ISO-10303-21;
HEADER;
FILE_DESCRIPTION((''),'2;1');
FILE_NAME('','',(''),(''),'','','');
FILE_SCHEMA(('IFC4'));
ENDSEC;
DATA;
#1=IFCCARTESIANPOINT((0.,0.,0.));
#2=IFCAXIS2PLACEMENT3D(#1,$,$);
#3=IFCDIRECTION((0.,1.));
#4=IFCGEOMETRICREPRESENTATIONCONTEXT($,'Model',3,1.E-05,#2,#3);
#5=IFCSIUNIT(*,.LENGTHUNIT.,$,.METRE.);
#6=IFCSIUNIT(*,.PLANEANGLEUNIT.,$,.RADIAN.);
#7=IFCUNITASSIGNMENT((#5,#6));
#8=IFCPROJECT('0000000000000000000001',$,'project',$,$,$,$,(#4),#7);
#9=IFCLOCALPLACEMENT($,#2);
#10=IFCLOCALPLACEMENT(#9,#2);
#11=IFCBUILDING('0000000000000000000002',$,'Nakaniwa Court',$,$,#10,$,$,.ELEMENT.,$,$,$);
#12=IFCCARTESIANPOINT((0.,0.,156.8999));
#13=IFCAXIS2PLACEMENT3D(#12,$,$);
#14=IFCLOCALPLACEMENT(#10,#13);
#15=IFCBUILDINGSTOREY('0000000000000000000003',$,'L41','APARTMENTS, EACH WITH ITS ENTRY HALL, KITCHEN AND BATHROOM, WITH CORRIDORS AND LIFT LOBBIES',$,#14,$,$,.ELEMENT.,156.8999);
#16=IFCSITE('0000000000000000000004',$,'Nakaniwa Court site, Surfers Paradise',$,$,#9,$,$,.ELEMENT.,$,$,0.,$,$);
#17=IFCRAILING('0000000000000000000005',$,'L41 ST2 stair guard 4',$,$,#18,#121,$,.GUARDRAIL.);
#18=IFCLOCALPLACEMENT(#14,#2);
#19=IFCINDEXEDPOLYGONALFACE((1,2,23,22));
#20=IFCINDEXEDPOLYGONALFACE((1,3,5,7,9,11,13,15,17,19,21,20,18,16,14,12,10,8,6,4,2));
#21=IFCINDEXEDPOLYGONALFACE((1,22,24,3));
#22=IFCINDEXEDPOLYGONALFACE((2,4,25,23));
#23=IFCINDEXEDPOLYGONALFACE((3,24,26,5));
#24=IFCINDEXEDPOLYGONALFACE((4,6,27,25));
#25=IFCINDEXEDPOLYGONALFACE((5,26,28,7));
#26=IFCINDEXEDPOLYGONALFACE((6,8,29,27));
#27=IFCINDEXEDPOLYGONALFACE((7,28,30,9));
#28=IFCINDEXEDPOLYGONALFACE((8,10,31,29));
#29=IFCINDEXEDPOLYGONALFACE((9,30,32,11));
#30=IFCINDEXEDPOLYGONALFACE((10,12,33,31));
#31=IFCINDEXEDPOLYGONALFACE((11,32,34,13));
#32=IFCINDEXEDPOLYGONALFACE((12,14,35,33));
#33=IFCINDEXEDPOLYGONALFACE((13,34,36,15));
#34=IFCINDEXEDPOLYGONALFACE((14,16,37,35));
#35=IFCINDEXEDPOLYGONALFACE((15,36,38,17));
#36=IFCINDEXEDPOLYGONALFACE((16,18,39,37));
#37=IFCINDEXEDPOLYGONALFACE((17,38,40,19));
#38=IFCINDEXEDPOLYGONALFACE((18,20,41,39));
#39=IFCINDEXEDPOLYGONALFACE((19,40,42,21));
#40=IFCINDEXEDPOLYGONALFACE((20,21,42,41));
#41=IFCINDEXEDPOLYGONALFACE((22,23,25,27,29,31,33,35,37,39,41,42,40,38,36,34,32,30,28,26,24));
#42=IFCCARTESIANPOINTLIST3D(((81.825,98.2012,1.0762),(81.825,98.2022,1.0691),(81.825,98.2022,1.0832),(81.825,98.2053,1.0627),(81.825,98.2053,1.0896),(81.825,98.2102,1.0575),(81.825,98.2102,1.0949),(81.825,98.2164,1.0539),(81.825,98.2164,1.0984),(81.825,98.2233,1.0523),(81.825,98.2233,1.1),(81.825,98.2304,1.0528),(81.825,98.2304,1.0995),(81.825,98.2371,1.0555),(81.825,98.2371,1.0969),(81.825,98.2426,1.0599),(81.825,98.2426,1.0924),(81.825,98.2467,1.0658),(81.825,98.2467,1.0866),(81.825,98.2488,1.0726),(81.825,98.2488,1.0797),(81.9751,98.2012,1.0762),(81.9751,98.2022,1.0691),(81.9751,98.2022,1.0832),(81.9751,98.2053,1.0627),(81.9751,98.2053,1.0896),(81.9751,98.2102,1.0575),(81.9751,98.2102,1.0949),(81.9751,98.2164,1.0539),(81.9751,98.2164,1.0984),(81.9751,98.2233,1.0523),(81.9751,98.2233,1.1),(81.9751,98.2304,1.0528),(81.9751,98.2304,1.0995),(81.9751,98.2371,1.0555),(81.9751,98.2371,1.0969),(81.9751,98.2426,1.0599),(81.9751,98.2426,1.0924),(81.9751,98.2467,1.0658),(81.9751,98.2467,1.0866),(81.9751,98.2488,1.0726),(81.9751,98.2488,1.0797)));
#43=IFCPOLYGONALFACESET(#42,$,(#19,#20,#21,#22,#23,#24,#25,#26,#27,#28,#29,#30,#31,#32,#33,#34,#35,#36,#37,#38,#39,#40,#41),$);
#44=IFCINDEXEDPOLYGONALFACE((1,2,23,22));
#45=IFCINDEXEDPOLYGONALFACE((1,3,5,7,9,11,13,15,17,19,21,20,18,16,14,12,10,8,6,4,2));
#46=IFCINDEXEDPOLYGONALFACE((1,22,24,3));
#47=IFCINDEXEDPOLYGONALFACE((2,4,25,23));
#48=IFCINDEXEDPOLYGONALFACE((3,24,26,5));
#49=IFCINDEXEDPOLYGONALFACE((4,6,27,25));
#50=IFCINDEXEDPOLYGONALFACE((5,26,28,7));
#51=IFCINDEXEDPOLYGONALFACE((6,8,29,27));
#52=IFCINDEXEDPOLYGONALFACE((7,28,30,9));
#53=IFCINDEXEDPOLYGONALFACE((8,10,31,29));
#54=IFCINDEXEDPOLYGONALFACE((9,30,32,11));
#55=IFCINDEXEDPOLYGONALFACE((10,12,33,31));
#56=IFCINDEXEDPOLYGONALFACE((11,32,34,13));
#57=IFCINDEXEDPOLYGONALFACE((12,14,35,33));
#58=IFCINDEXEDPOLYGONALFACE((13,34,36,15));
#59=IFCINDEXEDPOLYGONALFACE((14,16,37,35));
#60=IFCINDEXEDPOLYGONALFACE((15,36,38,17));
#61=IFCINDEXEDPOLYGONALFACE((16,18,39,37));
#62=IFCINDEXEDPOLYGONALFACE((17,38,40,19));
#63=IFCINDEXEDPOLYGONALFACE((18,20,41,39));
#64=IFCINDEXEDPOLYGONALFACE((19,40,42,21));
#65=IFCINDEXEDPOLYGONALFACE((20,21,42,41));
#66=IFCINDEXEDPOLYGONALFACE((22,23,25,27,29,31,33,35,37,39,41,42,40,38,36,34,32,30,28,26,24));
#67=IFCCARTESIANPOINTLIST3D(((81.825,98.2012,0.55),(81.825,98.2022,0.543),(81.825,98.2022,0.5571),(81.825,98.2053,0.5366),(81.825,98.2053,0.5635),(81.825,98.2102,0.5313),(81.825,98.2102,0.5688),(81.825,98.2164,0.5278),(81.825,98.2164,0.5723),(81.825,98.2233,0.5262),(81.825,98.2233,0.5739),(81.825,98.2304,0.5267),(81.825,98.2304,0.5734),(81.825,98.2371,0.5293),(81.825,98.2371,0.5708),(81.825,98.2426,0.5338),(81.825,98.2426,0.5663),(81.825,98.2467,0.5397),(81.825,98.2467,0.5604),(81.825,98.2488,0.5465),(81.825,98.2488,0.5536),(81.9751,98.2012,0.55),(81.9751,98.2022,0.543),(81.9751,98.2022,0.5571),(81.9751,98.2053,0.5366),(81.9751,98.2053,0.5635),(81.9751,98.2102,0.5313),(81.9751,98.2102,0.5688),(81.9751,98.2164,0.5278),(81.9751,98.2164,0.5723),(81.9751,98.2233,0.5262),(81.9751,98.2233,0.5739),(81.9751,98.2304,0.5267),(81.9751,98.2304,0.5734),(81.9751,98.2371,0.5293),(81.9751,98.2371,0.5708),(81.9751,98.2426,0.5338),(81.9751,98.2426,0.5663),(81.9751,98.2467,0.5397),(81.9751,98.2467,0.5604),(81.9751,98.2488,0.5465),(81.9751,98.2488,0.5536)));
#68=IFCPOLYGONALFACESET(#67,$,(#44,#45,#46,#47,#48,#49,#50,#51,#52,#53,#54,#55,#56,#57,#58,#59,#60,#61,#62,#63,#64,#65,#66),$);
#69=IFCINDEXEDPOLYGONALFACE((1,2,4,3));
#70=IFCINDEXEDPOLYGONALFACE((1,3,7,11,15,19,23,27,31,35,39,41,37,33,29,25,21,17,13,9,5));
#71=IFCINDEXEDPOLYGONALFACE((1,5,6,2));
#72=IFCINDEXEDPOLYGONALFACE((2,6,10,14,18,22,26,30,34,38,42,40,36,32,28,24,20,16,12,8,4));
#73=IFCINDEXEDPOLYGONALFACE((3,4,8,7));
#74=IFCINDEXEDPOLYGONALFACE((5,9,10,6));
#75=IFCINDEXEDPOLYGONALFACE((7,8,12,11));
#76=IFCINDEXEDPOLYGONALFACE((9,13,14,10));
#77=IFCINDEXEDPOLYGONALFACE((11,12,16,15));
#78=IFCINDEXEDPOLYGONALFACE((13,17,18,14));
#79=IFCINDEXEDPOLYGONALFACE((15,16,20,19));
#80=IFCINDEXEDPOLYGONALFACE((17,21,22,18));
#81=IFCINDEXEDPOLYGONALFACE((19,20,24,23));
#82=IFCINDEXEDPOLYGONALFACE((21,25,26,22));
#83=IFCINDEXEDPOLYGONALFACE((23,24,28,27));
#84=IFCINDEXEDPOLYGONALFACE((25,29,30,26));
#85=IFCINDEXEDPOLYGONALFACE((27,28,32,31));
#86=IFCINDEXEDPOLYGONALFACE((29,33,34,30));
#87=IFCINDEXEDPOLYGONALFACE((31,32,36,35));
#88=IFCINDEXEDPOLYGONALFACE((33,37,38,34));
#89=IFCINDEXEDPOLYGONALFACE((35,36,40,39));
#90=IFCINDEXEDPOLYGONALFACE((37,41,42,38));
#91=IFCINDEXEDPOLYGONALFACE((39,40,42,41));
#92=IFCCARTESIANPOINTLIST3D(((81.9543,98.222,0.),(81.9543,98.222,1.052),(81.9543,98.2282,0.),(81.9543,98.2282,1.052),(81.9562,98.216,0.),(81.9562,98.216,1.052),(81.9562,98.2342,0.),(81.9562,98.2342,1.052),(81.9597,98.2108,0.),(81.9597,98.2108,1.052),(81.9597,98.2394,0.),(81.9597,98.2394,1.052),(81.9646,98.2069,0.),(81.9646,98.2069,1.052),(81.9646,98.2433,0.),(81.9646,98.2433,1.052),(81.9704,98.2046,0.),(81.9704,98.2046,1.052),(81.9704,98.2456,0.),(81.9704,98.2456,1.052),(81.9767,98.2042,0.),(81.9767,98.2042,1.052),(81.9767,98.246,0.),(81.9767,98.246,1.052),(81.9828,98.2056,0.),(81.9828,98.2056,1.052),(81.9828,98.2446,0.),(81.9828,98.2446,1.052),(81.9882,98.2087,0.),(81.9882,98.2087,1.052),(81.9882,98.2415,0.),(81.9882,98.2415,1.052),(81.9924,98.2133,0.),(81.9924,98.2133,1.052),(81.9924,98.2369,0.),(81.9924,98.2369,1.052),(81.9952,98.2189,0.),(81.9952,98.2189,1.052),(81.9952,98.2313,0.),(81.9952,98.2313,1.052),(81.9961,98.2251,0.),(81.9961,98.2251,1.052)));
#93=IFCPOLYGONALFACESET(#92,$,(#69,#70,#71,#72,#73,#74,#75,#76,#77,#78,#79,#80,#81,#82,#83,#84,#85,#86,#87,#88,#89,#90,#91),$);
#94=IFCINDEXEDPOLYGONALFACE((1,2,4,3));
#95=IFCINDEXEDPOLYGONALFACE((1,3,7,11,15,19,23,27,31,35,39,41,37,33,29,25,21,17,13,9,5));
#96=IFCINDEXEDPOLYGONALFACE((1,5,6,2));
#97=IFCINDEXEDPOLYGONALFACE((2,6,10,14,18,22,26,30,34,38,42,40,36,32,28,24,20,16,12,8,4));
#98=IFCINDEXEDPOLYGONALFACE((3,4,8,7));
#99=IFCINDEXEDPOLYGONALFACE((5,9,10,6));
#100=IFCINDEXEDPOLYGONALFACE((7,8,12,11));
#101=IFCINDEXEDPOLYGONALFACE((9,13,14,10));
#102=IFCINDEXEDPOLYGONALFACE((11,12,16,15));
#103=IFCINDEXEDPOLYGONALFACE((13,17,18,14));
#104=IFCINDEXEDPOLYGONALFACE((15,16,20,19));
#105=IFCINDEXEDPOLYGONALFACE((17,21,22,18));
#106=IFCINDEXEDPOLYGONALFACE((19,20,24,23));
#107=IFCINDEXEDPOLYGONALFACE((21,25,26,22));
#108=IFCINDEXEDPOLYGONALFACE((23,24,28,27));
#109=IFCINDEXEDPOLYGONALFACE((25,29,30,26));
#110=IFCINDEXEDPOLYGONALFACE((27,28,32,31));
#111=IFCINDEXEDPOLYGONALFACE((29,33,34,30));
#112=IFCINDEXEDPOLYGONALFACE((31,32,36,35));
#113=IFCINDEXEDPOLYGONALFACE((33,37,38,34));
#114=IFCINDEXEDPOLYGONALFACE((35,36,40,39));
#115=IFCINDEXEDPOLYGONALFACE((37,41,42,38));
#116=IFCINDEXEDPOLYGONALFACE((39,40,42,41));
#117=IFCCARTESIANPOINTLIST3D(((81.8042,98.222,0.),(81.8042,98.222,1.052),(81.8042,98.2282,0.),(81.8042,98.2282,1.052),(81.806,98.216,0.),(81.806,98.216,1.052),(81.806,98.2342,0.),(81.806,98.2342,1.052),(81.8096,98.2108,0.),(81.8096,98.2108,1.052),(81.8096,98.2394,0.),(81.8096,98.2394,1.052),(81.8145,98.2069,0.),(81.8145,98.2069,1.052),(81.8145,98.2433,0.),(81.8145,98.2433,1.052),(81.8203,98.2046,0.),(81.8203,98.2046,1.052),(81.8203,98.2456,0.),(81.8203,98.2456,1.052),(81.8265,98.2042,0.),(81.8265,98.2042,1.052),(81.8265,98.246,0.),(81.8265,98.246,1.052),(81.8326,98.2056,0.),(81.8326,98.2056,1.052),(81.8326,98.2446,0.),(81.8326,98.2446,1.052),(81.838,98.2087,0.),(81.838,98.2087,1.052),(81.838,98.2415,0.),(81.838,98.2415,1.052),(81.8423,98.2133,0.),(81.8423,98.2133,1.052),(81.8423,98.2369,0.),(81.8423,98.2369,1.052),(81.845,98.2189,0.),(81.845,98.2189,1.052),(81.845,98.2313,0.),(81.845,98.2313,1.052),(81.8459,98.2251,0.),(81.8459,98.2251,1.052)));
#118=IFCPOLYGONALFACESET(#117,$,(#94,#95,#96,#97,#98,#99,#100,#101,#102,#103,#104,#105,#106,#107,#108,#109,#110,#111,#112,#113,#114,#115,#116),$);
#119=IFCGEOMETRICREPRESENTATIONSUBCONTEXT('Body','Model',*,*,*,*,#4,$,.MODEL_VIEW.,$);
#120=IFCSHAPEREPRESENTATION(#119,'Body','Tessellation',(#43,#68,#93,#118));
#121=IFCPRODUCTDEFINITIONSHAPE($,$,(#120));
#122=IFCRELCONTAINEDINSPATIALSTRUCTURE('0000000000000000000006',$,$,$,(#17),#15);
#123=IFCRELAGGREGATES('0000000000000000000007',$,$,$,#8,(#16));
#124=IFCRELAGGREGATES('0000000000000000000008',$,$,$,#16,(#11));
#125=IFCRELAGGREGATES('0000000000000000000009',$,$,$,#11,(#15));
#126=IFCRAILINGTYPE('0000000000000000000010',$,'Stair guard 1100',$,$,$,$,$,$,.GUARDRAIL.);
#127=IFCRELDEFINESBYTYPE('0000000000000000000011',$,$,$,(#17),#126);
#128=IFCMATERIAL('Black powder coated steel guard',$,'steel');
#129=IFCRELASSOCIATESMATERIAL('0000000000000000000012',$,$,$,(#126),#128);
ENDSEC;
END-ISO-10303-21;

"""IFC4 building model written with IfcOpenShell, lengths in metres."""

from ifc_helpers import new_model, si_unit, direction, frame, origin, origin_2d, place, context, subcontext, project, spatial, circle, extrude, material, type_object, element, save


model = new_model("IFC4")

# Units and contexts
model_context = context("Model", 3, precision=1e-05, world=origin(), true_north=direction((0.0, 1.0)))
body_context = subcontext(model_context, "Body", "Model", "MODEL_VIEW")
ifc_project = project(units=[si_unit("LENGTHUNIT", "METRE"), si_unit("PLANEANGLEUNIT", "RADIAN")], contexts=[model_context])

# Site, building, storey
site_placement = place(None, origin())
site = spatial("IfcSite", under=ifc_project, at=site_placement, Name="Nakaniwa Court site, Surfers Paradise", CompositionType="ELEMENT", RefElevation=0.0)
building_placement = place(site_placement, origin())
building = spatial("IfcBuilding", under=site, at=building_placement, Name="Nakaniwa Court", CompositionType="ELEMENT")
storey_placement = place(building_placement, frame((0.0, 0.0, 156.8999)))
storey = spatial("IfcBuildingStorey", under=building, at=storey_placement, Name="L41", Description="APARTMENTS, EACH WITH ITS ENTRY HALL, KITCHEN AND BATHROOM, WITH CORRIDORS AND LIFT LOBBIES", CompositionType="ELEMENT", Elevation=156.8999)

# Railing
ifc_material_1 = material(Name="Black powder coated steel guard", Category="steel")
railing_type_1 = type_object("IfcRailingType", Name="Stair guard 1100", PredefinedType="GUARDRAIL", material=ifc_material_1)
railing_1_placement = place(storey_placement, frame((81.9751, 98.2251, 0.0)))
element("IfcRailing", 1, at=railing_1_placement, inside=storey, type_object=railing_type_1, Name="L41 ST2 stair guard 4", PredefinedType="GUARDRAIL", context=body_context, shape_type="SweptSolid", body=[
    extrude(circle(Radius=0.0239, at=origin_2d()), frame((0.0, 0.0, 1.0762), z_axis=(-1.0, 0.0, 0.0), x_axis=(0.0, -1.0, 0.0)), (0.0, 0.0, 1.0), 0.1501),
    extrude(circle(Radius=0.0239, at=origin_2d()), frame((0.0, 0.0, 0.55), z_axis=(-1.0, 0.0, 0.0), x_axis=(0.0, -1.0, 0.0)), (0.0, 0.0, 1.0), 0.1501),
    extrude(circle(Radius=0.021, at=origin_2d()), origin(), (0.0, 0.0, 1.0), 1.052),
    extrude(circle(Radius=0.021, at=origin_2d()), frame((-0.1501, 0.0, 0.0)), (0.0, 0.0, 1.0), 1.052),
])

save(model, "model.ifc")
